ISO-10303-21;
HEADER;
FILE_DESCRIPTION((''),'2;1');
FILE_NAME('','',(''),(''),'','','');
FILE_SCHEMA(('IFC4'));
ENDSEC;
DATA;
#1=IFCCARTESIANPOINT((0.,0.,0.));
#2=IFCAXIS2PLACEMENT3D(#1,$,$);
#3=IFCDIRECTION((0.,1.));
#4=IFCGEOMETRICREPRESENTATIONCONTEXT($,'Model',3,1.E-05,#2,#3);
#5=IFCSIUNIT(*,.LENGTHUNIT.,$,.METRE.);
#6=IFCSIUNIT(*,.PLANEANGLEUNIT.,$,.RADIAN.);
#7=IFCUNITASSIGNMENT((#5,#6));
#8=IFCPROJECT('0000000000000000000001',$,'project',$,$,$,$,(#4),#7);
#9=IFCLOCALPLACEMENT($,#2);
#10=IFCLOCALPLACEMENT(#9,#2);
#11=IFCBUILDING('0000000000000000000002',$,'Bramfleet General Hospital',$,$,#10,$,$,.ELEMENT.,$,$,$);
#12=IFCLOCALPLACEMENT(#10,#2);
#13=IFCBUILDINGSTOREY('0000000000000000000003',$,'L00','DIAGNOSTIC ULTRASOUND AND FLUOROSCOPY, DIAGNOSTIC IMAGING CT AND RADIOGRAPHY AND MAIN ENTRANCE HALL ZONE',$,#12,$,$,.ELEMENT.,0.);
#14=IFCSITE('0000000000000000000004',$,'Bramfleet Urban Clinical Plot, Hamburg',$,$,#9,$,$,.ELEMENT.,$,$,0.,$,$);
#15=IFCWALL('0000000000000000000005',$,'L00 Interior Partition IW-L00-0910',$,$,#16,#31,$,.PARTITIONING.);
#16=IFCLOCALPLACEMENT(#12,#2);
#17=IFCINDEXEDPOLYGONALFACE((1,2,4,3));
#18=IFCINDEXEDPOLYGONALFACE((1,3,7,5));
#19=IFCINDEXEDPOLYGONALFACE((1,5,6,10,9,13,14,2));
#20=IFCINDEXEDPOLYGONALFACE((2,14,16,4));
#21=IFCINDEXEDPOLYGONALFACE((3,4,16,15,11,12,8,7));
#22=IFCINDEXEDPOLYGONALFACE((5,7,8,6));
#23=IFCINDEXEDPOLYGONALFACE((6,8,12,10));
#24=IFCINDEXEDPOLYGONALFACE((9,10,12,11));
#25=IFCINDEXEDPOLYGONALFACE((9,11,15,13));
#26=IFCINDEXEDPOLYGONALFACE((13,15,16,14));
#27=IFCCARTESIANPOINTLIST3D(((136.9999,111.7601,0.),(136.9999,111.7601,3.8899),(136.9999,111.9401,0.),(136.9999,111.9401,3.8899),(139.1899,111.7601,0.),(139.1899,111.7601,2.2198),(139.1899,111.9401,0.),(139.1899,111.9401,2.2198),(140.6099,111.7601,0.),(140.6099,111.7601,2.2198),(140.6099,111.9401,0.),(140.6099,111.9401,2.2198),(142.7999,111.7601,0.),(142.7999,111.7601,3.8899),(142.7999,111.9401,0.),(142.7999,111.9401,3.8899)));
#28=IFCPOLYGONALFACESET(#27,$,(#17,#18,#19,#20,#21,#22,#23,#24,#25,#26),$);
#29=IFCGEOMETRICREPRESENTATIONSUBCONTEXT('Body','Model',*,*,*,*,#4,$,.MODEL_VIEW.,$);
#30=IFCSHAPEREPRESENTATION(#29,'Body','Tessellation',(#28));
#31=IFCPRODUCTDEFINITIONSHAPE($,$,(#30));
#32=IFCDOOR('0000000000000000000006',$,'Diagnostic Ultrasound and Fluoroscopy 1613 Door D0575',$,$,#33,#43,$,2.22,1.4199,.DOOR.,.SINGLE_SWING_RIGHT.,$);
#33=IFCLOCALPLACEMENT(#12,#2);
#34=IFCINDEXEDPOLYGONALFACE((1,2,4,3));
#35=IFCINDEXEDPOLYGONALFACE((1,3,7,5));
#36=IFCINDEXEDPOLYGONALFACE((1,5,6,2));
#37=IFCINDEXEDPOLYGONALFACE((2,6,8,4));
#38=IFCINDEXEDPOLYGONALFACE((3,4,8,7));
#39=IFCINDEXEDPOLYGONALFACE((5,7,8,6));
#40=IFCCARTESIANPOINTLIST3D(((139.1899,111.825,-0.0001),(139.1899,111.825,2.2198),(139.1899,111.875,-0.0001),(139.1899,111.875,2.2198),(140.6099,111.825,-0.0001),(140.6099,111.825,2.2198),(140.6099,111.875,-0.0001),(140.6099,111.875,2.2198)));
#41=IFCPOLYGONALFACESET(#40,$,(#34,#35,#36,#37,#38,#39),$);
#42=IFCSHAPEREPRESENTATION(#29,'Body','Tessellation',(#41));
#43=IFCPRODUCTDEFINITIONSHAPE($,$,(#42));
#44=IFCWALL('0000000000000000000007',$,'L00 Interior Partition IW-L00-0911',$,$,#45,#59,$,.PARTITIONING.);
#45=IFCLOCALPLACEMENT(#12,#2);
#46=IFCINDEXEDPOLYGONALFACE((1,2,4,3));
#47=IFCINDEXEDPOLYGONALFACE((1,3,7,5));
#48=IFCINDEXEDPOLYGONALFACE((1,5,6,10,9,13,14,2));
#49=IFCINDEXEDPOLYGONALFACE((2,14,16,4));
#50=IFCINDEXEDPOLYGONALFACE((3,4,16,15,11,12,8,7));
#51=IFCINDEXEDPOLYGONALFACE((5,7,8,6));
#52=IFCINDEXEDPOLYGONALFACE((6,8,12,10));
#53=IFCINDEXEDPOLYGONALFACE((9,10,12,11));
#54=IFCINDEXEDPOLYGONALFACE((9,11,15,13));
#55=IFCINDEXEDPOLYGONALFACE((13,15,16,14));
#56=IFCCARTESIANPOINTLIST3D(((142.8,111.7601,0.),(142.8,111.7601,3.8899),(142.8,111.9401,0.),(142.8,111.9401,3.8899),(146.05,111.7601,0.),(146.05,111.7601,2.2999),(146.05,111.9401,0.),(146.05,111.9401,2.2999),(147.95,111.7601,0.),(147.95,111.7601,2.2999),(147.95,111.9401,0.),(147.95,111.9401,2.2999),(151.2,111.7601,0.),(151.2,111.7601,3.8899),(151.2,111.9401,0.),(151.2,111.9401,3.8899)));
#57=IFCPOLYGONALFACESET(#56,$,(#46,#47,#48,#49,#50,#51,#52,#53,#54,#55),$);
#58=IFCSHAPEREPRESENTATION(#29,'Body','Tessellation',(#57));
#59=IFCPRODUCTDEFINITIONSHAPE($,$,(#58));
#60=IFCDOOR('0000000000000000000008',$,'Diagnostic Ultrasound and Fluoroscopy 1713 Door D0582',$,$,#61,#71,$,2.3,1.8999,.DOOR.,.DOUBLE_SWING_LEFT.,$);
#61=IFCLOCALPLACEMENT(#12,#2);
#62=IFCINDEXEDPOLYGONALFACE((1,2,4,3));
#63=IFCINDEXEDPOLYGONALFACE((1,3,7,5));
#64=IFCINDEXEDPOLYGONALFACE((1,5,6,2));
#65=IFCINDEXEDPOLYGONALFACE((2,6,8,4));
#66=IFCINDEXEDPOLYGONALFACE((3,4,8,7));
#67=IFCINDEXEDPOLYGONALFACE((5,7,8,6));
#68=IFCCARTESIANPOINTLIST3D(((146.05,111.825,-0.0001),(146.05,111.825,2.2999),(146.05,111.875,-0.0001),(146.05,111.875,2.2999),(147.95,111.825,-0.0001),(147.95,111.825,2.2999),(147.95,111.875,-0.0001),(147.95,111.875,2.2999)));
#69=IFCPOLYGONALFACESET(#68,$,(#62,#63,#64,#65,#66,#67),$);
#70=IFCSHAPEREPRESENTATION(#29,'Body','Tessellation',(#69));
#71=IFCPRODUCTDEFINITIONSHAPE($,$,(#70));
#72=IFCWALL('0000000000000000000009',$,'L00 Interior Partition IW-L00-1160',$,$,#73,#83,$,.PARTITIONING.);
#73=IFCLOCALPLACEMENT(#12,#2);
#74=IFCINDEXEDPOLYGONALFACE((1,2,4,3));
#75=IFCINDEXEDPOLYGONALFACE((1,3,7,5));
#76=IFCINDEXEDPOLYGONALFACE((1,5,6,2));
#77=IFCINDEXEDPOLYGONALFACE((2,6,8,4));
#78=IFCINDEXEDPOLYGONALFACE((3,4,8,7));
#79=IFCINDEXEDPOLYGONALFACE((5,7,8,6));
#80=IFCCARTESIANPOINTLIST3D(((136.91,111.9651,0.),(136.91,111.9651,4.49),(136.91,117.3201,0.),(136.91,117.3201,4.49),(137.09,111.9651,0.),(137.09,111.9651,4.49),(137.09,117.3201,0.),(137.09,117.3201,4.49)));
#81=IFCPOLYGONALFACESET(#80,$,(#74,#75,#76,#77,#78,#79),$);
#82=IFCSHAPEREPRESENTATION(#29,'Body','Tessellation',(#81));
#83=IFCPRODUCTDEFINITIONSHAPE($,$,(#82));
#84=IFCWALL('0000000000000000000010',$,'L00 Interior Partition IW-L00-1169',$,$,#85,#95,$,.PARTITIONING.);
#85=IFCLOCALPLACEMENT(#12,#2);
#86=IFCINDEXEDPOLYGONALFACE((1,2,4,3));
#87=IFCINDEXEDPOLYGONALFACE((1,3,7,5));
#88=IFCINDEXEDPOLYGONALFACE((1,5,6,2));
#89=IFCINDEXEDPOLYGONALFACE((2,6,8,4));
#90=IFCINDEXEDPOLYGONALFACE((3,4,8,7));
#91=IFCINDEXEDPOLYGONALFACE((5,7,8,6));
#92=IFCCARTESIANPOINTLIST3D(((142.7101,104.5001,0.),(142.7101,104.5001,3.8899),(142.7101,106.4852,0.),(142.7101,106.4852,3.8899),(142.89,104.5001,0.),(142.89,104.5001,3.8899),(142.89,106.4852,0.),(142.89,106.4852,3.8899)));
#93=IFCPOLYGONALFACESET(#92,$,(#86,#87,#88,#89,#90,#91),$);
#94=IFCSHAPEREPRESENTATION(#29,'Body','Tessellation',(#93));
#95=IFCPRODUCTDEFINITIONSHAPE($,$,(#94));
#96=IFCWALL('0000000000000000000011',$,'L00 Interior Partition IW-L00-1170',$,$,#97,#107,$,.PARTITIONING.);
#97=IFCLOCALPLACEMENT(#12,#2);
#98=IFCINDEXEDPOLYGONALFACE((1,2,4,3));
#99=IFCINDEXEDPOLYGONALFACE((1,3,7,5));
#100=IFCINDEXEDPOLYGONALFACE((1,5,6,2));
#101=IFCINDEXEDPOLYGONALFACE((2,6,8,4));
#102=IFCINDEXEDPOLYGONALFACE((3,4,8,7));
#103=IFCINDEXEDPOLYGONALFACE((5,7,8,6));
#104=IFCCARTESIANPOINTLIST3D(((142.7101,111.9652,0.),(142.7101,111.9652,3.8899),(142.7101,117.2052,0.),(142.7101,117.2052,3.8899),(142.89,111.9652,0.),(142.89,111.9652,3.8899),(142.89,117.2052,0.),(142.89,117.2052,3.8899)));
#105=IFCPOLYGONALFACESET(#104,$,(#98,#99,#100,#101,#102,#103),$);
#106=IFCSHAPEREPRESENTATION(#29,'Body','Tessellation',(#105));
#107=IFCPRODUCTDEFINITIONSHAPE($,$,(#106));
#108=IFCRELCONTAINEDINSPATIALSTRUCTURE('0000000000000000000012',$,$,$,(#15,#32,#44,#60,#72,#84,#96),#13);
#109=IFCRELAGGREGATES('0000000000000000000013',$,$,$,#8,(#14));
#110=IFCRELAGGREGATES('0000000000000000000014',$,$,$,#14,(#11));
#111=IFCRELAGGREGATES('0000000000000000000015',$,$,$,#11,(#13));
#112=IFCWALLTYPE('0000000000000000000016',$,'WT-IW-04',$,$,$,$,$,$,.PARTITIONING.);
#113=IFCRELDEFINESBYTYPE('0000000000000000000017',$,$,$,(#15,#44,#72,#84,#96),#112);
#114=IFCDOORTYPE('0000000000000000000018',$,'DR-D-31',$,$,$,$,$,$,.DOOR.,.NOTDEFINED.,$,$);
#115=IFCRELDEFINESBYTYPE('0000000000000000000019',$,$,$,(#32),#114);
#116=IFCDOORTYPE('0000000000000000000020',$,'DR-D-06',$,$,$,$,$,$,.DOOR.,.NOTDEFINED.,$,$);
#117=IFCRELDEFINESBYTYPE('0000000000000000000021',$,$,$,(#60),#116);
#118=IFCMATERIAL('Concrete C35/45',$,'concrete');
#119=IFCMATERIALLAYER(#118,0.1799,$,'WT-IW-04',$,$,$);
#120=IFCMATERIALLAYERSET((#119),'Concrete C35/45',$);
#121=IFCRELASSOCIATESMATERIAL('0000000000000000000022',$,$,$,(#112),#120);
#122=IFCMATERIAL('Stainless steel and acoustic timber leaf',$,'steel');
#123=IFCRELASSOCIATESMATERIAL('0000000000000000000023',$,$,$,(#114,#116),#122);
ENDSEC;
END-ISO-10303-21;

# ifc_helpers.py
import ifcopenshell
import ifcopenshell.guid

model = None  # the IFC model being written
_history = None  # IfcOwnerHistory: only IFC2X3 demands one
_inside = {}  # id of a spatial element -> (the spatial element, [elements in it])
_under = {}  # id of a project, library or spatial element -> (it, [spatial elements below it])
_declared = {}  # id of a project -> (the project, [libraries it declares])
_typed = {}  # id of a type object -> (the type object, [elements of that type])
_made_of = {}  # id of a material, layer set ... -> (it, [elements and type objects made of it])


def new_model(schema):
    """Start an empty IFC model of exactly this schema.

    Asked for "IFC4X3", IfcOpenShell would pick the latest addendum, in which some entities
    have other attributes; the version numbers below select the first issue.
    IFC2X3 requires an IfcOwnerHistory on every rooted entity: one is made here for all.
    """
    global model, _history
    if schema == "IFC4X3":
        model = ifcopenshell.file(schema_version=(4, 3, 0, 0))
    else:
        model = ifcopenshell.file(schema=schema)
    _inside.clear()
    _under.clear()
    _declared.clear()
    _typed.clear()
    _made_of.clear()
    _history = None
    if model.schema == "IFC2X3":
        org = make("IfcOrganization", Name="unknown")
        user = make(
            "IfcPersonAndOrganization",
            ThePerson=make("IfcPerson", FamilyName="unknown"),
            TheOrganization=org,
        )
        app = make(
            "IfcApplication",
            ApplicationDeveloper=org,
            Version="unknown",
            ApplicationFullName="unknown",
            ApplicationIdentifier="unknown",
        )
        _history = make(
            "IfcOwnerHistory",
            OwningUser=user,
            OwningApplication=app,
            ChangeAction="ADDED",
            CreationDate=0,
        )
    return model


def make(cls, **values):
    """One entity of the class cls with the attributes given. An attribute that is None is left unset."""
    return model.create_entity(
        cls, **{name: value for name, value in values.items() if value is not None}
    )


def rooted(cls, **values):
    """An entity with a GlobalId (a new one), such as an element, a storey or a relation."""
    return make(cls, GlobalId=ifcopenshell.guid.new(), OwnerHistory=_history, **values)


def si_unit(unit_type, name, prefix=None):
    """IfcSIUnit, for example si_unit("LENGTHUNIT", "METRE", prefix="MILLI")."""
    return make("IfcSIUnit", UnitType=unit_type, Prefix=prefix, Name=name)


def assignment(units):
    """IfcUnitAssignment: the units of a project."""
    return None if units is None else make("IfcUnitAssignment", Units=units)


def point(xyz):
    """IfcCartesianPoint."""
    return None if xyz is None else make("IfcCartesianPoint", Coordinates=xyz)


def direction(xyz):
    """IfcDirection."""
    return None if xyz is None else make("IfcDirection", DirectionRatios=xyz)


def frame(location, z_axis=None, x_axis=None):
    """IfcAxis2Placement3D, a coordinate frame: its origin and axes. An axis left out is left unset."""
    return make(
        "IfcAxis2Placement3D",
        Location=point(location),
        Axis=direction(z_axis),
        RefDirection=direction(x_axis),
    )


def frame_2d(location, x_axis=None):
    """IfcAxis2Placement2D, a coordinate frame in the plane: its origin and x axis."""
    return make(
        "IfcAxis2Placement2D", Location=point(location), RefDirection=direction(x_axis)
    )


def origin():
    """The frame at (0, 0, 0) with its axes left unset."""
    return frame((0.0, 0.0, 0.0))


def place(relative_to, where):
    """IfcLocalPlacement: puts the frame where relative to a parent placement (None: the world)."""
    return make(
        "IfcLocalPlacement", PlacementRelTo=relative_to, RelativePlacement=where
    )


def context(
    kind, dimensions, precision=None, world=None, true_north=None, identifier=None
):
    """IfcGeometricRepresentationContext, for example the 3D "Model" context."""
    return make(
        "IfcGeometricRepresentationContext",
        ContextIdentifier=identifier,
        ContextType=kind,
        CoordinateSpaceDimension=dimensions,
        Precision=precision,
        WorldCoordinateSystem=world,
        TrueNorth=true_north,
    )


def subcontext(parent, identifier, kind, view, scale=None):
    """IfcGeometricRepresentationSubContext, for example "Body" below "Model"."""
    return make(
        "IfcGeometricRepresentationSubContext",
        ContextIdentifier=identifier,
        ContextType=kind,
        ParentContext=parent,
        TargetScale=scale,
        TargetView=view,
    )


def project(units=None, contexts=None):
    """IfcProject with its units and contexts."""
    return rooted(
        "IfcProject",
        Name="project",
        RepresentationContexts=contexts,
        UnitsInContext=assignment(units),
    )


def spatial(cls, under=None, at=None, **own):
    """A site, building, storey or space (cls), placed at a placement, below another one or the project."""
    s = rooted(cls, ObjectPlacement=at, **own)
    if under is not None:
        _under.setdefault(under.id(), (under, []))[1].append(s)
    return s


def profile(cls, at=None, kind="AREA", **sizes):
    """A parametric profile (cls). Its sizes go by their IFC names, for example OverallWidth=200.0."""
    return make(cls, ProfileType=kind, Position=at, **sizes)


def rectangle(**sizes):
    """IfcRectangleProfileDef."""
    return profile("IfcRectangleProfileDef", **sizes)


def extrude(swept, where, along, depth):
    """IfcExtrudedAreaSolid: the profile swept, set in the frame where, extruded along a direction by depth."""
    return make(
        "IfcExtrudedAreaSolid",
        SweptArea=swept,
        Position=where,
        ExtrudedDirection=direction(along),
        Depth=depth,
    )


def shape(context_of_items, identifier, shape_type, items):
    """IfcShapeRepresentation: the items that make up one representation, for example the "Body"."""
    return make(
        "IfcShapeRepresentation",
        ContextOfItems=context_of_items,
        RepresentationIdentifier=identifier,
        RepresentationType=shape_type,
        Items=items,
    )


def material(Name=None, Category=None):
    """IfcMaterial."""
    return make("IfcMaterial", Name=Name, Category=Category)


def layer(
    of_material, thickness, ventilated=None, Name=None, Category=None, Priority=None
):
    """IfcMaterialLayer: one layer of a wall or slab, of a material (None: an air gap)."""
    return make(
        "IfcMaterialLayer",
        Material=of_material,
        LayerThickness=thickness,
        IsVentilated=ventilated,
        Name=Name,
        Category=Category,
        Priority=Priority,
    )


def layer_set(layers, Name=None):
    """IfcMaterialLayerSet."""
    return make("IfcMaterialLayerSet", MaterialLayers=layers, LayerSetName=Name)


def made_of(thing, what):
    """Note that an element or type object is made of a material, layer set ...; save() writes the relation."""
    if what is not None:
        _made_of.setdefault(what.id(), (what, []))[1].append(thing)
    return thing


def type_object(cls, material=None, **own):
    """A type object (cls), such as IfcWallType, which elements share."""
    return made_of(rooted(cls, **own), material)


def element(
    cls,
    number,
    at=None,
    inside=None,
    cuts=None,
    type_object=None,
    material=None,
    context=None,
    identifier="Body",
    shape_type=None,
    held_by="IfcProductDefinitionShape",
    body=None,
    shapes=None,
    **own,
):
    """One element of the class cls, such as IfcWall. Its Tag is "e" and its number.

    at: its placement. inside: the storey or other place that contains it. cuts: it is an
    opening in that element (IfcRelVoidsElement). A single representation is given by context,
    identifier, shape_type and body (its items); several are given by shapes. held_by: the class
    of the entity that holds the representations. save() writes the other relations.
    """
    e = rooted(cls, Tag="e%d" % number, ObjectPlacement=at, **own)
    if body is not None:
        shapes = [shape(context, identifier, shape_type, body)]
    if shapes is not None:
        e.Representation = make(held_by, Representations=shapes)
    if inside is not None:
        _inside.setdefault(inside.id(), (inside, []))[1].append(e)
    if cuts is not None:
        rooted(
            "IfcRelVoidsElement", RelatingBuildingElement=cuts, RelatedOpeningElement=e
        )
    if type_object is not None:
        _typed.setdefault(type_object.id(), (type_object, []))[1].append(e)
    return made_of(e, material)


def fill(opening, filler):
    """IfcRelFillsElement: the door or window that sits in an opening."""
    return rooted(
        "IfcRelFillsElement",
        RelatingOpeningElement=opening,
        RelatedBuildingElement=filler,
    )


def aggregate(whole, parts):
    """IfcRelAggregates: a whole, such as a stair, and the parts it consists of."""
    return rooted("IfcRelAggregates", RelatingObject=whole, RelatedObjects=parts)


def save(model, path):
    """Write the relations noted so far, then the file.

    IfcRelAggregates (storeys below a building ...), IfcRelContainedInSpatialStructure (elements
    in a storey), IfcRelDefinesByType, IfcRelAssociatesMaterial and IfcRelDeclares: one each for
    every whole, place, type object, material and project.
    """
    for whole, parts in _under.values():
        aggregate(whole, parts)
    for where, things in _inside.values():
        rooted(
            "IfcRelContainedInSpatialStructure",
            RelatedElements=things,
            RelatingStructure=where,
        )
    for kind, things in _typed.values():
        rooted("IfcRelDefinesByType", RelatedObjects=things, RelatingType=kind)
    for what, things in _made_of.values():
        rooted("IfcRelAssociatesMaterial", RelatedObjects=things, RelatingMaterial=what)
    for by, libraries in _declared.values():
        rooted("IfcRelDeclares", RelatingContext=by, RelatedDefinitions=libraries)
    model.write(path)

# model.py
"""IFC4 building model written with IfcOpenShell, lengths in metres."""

from ifc_helpers import new_model, si_unit, direction, frame, frame_2d, origin, place, context, subcontext, project, spatial, rectangle, extrude, material, layer, layer_set, type_object, element, fill, save


model = new_model("IFC4")

# Units and contexts
model_context = context("Model", 3, precision=1e-05, world=origin(), true_north=direction((0.0, 1.0)))
body_context = subcontext(model_context, "Body", "Model", "MODEL_VIEW")
ifc_project = project(units=[si_unit("LENGTHUNIT", "METRE"), si_unit("PLANEANGLEUNIT", "RADIAN")], contexts=[model_context])

# Site, building, storey
site_placement = place(None, origin())
site = spatial("IfcSite", under=ifc_project, at=site_placement, Name="Bramfleet Urban Clinical Plot, Hamburg", CompositionType="ELEMENT", RefElevation=0.0)
building_placement = place(site_placement, origin())
building = spatial("IfcBuilding", under=site, at=building_placement, Name="Bramfleet General Hospital", CompositionType="ELEMENT")
storey_placement = place(building_placement, origin())
storey = spatial("IfcBuildingStorey", under=building, at=storey_placement, Name="L00", Description="DIAGNOSTIC ULTRASOUND AND FLUOROSCOPY, DIAGNOSTIC IMAGING CT AND RADIOGRAPHY AND MAIN ENTRANCE HALL ZONE", CompositionType="ELEMENT", Elevation=0.0)

# Shared definitions
ifc_material_1 = material(Name="Concrete C35/45", Category="concrete")

# Shared definitions
ifc_layer_1 = layer(ifc_material_1, 0.1799, Name="WT-IW-04")
ifc_layer_set_1 = layer_set([ifc_layer_1], Name="Concrete C35/45")
wall_type_1 = type_object("IfcWallType", Name="WT-IW-04", PredefinedType="PARTITIONING", material=ifc_layer_set_1)
ifc_material_2 = material(Name="Stainless steel and acoustic timber leaf", Category="steel")

# Walls, openings, doors
wall_1_placement = place(storey_placement, frame((137.0, 111.8501, 0.0), z_axis=(0.0, 0.0, 1.0), x_axis=(1.0, 0.0, 0.0)))
wall_1 = element("IfcWall", 1, at=wall_1_placement, inside=storey, type_object=wall_type_1, Name="L00 Interior Partition IW-L00-0910", PredefinedType="PARTITIONING", context=body_context, shape_type="SweptSolid", body=[
    extrude(rectangle(XDim=5.8, YDim=0.1799, at=frame_2d((2.8999, 0.0))), origin(), (0.0, 0.0, 1.0), 3.8899),
])
opening_1_placement = place(wall_1_placement, frame((2.1899, 0.0, 0.0)))
opening_1 = element("IfcOpeningElement", 2, at=opening_1_placement, cuts=wall_1, PredefinedType="OPENING", context=body_context, shape_type="SweptSolid", body=[
    extrude(rectangle(XDim=1.4199, YDim=2.22, at=frame_2d((0.71, 1.1099))), frame((0.0, 0.0999, 0.0), z_axis=(0.0, -1.0, 0.0), x_axis=(1.0, 0.0, 0.0)), (0.0, 0.0, 1.0), 0.2),
])
door_type_1 = type_object("IfcDoorType", Name="DR-D-31", OperationType="NOTDEFINED", PredefinedType="DOOR", material=ifc_material_2)
door_1_placement = place(opening_1_placement, origin())
door_1 = element("IfcDoor", 3, at=door_1_placement, inside=storey, type_object=door_type_1, Name="Diagnostic Ultrasound and Fluoroscopy 1613 Door D0575", OperationType="SINGLE_SWING_RIGHT", OverallHeight=2.22, OverallWidth=1.4199, PredefinedType="DOOR", context=body_context, shape_type="SweptSolid", body=[
    extrude(rectangle(XDim=1.4199, YDim=2.22, at=frame_2d((0.71, 1.1099))), frame((0.0, 0.0249, 0.0), z_axis=(0.0, -1.0, 0.0), x_axis=(1.0, 0.0, 0.0)), (0.0, 0.0, 1.0), 0.05),
])
fill(opening_1, door_1)
wall_2_placement = place(storey_placement, frame((142.8, 111.8501, 0.0), z_axis=(0.0, 0.0, 1.0), x_axis=(1.0, 0.0, 0.0)))
wall_2 = element("IfcWall", 4, at=wall_2_placement, inside=storey, type_object=wall_type_1, Name="L00 Interior Partition IW-L00-0911", PredefinedType="PARTITIONING", context=body_context, shape_type="SweptSolid", body=[
    extrude(rectangle(XDim=8.3999, YDim=0.1799, at=frame_2d((4.2, 0.0))), origin(), (0.0, 0.0, 1.0), 3.8899),
])
opening_2_placement = place(wall_2_placement, frame((3.25, 0.0, 0.0)))
opening_2 = element("IfcOpeningElement", 5, at=opening_2_placement, cuts=wall_2, PredefinedType="OPENING", context=body_context, shape_type="SweptSolid", body=[
    extrude(rectangle(XDim=1.8999, YDim=2.3, at=frame_2d((0.95, 1.1499))), frame((0.0, 0.0999, 0.0), z_axis=(0.0, -1.0, 0.0), x_axis=(1.0, 0.0, 0.0)), (0.0, 0.0, 1.0), 0.2),
])
door_type_2 = type_object("IfcDoorType", Name="DR-D-06", OperationType="NOTDEFINED", PredefinedType="DOOR", material=ifc_material_2)
door_2_placement = place(opening_2_placement, origin())
door_2 = element("IfcDoor", 6, at=door_2_placement, inside=storey, type_object=door_type_2, Name="Diagnostic Ultrasound and Fluoroscopy 1713 Door D0582", OperationType="DOUBLE_SWING_LEFT", OverallHeight=2.3, OverallWidth=1.8999, PredefinedType="DOOR", context=body_context, shape_type="SweptSolid", body=[
    extrude(rectangle(XDim=1.8999, YDim=2.3, at=frame_2d((0.95, 1.1499))), frame((0.0, 0.0249, 0.0), z_axis=(0.0, -1.0, 0.0), x_axis=(1.0, 0.0, 0.0)), (0.0, 0.0, 1.0), 0.05),
])
fill(opening_2, door_2)

# Walls
wall_3_placement = place(storey_placement, frame((137.0, 111.9651, 0.0), z_axis=(0.0, 0.0, 1.0), x_axis=(0.0, 1.0, 0.0)))
element("IfcWall", 7, at=wall_3_placement, inside=storey, type_object=wall_type_1, Name="L00 Interior Partition IW-L00-1160", PredefinedType="PARTITIONING", context=body_context, shape_type="SweptSolid", body=[
    extrude(rectangle(XDim=5.355, YDim=0.1799, at=frame_2d((2.6775, 0.0))), origin(), (0.0, 0.0, 1.0), 4.49),
])
wall_4_placement = place(storey_placement, frame((142.8, 104.5, 0.0), z_axis=(0.0, 0.0, 1.0), x_axis=(0.0, 1.0, 0.0)))
element("IfcWall", 8, at=wall_4_placement, inside=storey, type_object=wall_type_1, Name="L00 Interior Partition IW-L00-1169", PredefinedType="PARTITIONING", context=body_context, shape_type="SweptSolid", body=[
    extrude(rectangle(XDim=1.9851, YDim=0.1799, at=frame_2d((0.9927, 0.0))), origin(), (0.0, 0.0, 1.0), 3.8899),
])
wall_5_placement = place(storey_placement, frame((142.8, 111.9651, 0.0), z_axis=(0.0, 0.0, 1.0), x_axis=(0.0, 1.0, 0.0)))
element("IfcWall", 9, at=wall_5_placement, inside=storey, type_object=wall_type_1, Name="L00 Interior Partition IW-L00-1170", PredefinedType="PARTITIONING", context=body_context, shape_type="SweptSolid", body=[
    extrude(rectangle(XDim=5.24, YDim=0.1799, at=frame_2d((2.6201, 0.0))), origin(), (0.0, 0.0, 1.0), 3.8899),
])

save(model, "model.ifc")
